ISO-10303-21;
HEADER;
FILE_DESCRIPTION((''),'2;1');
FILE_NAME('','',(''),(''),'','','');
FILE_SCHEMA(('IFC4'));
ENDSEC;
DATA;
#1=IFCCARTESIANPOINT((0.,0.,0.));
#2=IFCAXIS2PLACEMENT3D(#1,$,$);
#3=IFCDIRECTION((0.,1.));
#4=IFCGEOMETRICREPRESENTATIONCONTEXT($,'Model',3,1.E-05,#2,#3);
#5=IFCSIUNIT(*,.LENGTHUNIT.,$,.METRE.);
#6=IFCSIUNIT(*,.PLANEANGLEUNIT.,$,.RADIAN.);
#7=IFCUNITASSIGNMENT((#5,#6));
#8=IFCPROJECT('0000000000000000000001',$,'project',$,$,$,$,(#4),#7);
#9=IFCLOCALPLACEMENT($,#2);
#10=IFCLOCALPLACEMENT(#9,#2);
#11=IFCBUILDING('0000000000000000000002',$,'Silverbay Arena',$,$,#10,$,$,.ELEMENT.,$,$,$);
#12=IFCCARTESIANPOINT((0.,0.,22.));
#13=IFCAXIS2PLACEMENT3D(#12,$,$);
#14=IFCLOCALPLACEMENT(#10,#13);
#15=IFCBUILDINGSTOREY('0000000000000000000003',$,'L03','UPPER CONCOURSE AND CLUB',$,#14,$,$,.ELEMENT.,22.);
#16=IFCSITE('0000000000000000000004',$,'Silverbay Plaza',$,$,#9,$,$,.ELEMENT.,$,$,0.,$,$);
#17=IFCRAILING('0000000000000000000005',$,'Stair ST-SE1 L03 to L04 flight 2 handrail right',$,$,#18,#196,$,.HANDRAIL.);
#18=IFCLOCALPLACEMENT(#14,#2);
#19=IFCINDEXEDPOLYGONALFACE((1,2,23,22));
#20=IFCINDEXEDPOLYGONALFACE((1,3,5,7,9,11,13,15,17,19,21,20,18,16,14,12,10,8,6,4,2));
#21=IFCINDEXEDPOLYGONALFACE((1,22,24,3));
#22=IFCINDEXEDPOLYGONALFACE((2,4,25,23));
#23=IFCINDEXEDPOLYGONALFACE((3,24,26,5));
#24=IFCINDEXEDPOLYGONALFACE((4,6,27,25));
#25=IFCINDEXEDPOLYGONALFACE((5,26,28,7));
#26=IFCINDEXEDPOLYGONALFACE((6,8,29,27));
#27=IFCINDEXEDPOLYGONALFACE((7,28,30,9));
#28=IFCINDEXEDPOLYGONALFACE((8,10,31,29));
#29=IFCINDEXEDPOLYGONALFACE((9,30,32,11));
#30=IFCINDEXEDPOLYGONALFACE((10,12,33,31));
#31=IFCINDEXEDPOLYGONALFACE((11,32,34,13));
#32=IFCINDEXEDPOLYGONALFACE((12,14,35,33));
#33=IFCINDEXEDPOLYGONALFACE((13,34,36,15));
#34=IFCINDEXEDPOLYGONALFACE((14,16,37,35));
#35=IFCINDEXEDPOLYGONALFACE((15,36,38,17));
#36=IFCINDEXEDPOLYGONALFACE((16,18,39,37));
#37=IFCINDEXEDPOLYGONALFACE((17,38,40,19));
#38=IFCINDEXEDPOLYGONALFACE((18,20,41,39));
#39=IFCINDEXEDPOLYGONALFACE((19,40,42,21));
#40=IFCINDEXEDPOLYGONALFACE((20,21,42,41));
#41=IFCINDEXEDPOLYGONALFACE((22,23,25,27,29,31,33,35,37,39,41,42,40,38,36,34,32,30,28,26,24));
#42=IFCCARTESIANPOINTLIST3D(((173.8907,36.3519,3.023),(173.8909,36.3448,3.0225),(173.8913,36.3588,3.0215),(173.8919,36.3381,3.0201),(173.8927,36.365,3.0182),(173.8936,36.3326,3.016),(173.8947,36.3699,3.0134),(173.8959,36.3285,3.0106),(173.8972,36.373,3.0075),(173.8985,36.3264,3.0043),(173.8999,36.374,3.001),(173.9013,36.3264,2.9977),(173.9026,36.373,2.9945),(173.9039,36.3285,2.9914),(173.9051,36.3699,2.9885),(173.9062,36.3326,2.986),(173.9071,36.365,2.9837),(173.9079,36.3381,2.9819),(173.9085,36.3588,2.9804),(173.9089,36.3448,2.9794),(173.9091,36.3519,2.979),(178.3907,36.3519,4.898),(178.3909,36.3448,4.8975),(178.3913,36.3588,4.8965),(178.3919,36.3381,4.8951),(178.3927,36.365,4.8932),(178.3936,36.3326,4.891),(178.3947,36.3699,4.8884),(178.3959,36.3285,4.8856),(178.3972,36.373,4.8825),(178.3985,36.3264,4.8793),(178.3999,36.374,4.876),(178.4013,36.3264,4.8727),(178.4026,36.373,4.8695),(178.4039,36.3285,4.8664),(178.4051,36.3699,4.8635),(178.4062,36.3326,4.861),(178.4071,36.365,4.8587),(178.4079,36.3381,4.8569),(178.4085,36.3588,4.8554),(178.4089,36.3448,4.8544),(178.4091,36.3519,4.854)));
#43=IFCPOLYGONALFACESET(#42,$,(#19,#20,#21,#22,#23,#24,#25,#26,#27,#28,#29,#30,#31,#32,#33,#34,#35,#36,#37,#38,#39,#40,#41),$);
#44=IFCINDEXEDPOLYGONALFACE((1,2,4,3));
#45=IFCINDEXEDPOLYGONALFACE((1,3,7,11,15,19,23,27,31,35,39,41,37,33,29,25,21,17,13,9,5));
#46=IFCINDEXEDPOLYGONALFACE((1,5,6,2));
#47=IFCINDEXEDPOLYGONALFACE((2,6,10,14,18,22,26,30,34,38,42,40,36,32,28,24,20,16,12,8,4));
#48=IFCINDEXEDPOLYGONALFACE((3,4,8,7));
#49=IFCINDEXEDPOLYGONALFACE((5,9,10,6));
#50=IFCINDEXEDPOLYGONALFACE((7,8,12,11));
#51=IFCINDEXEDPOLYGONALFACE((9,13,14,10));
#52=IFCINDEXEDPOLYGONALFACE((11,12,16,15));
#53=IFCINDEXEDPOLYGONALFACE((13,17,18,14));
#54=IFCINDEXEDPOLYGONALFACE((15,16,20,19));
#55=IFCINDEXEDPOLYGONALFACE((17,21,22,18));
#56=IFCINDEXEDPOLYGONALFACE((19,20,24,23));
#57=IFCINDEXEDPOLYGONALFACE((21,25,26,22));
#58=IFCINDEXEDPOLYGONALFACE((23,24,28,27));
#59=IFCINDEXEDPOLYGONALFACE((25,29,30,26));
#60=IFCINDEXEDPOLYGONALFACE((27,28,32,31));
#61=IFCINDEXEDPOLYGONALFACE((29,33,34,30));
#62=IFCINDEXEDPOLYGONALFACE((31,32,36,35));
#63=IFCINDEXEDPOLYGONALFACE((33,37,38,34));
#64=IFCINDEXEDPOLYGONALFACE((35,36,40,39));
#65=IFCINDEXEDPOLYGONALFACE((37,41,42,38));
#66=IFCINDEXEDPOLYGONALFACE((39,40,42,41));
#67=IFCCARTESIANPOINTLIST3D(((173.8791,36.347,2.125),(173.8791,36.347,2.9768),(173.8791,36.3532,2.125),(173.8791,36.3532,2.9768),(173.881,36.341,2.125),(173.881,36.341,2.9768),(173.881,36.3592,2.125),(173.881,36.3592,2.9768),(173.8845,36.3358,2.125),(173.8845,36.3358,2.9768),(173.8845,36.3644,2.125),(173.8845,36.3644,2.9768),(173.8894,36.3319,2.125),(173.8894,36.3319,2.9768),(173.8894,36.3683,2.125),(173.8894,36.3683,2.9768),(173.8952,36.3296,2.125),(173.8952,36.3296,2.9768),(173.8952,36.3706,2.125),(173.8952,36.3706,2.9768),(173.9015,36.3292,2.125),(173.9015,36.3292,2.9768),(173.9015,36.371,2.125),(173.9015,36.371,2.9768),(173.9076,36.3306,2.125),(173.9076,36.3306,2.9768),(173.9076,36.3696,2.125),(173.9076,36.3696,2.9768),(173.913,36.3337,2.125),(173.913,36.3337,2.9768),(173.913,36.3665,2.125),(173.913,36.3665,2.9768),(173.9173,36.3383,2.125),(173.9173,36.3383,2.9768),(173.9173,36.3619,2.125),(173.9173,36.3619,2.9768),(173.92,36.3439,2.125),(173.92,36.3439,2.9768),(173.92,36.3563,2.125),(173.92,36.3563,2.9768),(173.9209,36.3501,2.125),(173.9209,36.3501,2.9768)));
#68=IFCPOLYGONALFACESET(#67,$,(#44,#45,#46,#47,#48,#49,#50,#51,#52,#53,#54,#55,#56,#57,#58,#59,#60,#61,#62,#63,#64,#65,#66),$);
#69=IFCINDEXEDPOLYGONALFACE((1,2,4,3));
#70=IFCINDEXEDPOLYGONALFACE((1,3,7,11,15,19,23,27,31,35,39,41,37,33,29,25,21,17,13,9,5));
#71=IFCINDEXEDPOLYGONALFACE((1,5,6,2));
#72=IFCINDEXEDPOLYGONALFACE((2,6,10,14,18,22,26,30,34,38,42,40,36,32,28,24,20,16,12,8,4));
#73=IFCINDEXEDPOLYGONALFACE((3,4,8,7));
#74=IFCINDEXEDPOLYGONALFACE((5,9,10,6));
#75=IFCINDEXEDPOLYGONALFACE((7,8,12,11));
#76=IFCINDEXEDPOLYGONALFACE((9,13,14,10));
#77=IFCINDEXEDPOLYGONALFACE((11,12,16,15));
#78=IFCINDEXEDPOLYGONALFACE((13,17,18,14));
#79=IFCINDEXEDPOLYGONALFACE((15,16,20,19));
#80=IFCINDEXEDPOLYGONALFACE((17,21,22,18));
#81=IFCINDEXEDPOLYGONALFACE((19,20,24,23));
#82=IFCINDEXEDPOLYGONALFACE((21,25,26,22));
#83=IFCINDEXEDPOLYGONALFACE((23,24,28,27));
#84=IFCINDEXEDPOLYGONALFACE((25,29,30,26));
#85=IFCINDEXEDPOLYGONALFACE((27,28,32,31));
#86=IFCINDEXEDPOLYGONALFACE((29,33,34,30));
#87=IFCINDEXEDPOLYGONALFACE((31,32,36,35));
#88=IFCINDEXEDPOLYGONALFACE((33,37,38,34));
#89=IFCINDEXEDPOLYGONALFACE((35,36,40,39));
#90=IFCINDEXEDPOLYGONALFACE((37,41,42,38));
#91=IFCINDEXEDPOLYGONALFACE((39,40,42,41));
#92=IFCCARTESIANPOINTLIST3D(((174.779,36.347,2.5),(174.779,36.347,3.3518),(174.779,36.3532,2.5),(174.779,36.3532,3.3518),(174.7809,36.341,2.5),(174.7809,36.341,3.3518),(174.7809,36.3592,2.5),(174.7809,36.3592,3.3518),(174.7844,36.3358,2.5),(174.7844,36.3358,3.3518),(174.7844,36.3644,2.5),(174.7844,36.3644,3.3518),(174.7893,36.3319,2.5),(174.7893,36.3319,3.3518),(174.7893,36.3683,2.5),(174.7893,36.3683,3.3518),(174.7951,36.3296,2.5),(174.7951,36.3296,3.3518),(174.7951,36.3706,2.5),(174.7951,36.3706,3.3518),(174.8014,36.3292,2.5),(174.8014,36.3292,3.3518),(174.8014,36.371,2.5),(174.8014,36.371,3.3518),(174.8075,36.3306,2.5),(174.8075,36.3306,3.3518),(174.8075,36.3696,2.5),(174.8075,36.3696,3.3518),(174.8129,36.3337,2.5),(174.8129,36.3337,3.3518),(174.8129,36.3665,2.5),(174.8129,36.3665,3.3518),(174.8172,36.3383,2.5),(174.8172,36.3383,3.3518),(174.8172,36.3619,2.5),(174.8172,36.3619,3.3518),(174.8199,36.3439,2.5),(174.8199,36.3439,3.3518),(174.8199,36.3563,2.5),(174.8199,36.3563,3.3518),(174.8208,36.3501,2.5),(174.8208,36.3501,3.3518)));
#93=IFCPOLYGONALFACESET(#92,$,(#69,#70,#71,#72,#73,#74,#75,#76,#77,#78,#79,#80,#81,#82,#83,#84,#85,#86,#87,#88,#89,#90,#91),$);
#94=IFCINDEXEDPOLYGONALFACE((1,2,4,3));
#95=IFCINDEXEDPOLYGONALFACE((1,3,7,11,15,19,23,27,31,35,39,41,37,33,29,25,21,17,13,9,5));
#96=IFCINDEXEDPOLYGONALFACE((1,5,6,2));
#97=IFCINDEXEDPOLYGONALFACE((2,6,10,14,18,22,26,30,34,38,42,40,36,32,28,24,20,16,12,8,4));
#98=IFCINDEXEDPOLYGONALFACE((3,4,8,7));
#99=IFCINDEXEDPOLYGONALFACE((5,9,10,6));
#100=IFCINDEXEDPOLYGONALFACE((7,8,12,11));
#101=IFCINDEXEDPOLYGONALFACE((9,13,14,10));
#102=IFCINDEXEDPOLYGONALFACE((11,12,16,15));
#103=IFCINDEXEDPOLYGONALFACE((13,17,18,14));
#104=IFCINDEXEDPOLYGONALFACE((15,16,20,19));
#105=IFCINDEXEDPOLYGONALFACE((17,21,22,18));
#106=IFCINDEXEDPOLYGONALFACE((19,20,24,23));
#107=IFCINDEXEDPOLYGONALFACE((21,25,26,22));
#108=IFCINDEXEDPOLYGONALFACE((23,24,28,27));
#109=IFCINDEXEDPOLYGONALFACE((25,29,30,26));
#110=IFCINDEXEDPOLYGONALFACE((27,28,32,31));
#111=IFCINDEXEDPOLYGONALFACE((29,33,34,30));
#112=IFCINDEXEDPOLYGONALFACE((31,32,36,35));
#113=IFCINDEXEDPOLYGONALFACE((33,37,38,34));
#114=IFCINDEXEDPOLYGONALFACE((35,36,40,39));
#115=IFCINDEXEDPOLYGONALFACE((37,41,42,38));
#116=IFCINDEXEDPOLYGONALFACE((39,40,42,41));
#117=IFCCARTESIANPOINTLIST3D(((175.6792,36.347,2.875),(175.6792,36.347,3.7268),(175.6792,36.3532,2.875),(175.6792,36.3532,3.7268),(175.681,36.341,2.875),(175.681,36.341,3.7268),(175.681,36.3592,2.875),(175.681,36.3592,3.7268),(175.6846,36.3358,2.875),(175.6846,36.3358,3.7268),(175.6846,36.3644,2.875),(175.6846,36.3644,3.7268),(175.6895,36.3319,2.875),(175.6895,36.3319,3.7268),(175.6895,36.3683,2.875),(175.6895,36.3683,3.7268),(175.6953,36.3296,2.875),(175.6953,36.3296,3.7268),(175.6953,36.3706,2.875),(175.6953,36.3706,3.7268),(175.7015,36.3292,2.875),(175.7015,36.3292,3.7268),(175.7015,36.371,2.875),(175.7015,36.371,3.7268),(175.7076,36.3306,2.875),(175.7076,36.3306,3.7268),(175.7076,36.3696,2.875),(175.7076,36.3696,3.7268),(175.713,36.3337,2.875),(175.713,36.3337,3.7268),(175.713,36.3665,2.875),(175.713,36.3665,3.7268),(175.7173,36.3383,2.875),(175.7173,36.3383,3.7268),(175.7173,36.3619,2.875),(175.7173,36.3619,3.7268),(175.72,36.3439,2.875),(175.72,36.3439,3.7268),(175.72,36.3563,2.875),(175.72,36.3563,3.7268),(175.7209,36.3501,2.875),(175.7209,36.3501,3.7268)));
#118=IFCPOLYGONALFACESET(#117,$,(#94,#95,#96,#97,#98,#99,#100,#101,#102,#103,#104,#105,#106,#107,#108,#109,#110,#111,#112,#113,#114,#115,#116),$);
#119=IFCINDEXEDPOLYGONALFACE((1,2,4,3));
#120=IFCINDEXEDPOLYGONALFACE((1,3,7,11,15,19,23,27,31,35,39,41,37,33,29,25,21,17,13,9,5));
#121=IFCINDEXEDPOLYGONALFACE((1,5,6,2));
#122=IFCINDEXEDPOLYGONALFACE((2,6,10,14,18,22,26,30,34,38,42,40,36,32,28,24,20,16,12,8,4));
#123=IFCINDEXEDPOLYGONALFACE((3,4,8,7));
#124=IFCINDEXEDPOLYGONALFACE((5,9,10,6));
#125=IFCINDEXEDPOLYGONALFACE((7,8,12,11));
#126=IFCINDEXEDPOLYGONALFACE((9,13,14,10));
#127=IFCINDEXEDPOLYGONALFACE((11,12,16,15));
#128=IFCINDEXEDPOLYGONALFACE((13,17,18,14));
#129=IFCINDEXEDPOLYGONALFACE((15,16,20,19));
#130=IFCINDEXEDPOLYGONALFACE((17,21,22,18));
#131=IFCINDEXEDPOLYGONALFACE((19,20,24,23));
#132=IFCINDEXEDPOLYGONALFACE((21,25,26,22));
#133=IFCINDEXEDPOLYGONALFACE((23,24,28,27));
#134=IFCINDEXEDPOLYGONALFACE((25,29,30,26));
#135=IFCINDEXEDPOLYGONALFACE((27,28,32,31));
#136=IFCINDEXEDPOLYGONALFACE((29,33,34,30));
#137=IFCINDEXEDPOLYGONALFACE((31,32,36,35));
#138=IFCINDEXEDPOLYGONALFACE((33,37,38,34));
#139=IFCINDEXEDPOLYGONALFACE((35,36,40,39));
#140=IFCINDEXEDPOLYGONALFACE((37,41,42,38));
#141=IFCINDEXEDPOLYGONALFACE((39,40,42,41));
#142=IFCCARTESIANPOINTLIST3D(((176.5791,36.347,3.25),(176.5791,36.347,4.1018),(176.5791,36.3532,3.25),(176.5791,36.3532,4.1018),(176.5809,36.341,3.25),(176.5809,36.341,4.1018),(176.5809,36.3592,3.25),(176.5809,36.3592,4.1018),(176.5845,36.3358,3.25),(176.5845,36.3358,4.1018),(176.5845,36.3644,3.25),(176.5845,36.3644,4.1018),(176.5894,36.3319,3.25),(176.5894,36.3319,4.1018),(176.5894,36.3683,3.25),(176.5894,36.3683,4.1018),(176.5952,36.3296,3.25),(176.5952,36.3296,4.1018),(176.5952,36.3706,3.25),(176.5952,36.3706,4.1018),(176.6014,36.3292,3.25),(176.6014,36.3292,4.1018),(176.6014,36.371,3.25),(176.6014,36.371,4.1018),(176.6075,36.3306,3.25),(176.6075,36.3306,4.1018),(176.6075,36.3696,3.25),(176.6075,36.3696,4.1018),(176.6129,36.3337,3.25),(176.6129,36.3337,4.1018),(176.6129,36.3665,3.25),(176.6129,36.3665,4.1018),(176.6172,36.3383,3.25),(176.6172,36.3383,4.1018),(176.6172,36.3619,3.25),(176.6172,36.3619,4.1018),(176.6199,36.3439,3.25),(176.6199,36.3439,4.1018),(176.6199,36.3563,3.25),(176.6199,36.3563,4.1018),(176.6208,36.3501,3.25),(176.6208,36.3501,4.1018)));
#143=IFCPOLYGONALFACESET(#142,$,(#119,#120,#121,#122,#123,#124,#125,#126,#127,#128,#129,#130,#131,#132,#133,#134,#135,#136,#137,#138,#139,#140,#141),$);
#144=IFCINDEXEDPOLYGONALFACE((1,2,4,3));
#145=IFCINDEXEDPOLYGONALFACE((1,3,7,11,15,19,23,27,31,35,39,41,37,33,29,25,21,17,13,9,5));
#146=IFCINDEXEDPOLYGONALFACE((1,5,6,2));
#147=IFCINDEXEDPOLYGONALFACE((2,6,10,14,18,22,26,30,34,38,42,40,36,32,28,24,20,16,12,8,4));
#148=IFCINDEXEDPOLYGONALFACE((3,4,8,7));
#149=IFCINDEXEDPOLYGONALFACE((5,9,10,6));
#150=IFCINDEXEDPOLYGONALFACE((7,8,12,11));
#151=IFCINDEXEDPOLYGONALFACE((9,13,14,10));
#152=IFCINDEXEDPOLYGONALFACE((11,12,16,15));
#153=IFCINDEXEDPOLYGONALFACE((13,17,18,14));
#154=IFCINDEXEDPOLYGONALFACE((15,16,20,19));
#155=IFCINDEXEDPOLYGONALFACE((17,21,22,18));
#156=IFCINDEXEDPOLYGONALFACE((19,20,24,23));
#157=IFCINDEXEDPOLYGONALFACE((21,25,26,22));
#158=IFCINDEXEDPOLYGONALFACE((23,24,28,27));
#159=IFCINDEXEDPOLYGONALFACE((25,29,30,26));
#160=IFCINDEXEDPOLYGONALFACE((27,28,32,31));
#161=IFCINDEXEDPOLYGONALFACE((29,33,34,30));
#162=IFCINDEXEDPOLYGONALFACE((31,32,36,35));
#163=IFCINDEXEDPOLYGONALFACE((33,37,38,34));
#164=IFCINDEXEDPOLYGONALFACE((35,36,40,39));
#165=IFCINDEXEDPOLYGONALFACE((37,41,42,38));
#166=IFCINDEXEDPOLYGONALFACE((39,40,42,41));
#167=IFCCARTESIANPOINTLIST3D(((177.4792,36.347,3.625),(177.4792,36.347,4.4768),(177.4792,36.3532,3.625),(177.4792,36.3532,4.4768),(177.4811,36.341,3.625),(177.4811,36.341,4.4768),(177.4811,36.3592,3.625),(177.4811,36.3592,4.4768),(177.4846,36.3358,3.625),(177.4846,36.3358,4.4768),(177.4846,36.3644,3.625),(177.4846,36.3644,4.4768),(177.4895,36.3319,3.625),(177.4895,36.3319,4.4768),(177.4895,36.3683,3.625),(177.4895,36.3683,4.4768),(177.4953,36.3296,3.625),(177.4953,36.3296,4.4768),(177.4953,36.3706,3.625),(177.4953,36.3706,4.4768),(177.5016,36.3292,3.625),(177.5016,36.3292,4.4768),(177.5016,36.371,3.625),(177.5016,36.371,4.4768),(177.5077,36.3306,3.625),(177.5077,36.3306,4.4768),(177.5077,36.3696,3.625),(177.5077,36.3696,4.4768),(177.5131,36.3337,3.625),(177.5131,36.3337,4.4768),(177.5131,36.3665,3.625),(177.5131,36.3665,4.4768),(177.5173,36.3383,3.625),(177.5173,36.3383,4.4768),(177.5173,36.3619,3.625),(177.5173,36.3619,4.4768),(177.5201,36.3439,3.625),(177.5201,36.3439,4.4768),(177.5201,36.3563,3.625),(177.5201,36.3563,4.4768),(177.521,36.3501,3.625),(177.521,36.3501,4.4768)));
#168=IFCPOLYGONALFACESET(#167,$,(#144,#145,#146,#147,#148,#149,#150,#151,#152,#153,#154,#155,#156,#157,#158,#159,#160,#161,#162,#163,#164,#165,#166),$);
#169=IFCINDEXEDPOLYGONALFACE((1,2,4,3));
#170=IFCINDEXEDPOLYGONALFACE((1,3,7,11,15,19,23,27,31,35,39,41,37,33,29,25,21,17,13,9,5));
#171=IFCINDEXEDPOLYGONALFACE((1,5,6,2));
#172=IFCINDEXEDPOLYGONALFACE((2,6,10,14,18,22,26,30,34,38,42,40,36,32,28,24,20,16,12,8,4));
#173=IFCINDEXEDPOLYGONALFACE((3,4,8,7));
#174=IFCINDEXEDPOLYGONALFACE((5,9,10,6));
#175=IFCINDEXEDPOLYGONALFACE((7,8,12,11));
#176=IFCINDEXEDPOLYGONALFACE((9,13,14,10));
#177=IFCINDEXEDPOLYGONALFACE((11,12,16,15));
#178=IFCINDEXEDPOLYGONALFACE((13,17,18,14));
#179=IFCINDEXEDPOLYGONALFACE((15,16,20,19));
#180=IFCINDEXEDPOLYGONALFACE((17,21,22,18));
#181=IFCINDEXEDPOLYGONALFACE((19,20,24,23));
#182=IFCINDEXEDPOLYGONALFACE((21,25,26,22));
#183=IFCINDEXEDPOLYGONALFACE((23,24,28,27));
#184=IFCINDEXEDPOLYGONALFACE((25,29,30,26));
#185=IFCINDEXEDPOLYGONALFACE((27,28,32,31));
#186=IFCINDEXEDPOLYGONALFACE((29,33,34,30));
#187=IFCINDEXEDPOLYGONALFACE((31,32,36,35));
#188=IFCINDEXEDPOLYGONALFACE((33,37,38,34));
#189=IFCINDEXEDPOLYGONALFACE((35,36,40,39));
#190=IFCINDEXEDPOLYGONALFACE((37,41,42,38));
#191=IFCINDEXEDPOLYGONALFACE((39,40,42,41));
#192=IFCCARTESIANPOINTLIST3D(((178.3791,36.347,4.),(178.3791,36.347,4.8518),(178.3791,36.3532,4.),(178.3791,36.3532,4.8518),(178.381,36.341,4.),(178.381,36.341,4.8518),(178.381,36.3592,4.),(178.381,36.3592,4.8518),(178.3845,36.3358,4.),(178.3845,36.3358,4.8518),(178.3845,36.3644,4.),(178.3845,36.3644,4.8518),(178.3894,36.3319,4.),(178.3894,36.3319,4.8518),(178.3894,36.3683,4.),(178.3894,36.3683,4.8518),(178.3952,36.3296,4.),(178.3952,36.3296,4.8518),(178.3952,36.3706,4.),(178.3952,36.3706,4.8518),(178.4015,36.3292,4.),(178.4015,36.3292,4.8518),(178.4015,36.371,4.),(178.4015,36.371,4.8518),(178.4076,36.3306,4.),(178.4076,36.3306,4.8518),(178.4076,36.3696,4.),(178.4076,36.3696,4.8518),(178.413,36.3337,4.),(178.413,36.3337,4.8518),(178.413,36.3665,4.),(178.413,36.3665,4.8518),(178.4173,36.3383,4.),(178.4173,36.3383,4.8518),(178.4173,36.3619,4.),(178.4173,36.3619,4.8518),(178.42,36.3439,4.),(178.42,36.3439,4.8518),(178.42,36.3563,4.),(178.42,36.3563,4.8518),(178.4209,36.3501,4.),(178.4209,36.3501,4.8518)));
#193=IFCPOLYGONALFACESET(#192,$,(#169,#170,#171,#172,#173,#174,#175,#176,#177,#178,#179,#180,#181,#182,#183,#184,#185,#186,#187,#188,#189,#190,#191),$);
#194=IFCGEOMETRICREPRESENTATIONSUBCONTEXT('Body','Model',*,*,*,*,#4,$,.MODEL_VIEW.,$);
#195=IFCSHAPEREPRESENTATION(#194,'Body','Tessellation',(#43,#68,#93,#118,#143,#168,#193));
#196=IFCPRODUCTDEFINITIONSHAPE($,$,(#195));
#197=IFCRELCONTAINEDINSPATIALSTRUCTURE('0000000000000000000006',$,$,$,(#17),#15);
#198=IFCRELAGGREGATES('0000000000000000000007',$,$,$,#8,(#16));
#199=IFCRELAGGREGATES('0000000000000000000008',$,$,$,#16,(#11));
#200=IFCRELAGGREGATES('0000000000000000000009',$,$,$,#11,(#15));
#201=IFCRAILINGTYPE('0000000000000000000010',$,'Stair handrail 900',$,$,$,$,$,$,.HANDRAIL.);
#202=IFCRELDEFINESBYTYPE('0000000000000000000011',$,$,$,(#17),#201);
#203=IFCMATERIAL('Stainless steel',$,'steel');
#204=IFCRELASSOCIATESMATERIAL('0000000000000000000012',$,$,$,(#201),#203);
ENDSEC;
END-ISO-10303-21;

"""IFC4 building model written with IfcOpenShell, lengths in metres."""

from ifc_helpers import new_model, si_unit, direction, frame, origin, origin_2d, place, context, subcontext, project, spatial, circle, extrude, material, type_object, element, save


model = new_model("IFC4")

# Units and contexts
model_context = context("Model", 3, precision=1e-05, world=origin(), true_north=direction((0.0, 1.0)))
body_context = subcontext(model_context, "Body", "Model", "MODEL_VIEW")
ifc_project = project(units=[si_unit("LENGTHUNIT", "METRE"), si_unit("PLANEANGLEUNIT", "RADIAN")], contexts=[model_context])

# Site, building, storey
site_placement = place(None, origin())
site = spatial("IfcSite", under=ifc_project, at=site_placement, Name="Silverbay Plaza", CompositionType="ELEMENT", RefElevation=0.0)
building_placement = place(site_placement, origin())
building = spatial("IfcBuilding", under=site, at=building_placement, Name="Silverbay Arena", CompositionType="ELEMENT")
storey_placement = place(building_placement, frame((0.0, 0.0, 22.0)))
storey = spatial("IfcBuildingStorey", under=building, at=storey_placement, Name="L03", Description="UPPER CONCOURSE AND CLUB", CompositionType="ELEMENT", Elevation=22.0)

# Railing
ifc_material_1 = material(Name="Stainless steel", Category="steel")
railing_type_1 = type_object("IfcRailingType", Name="Stair handrail 900", PredefinedType="HANDRAIL", material=ifc_material_1)
railing_1_placement = place(storey_placement, frame((173.8999, 36.3501, 2.125)))
element("IfcRailing", 1, at=railing_1_placement, inside=storey, type_object=railing_type_1, Name="Stair ST-SE1 L03 to L04 flight 2 handrail right", PredefinedType="HANDRAIL", context=body_context, shape_type="SweptSolid", body=[
    extrude(circle(Radius=0.0239, at=origin_2d()), frame((0.0, 0.0, 0.876), z_axis=(0.923077, 0.0, 0.384615), x_axis=(0.0, 1.0, 0.0)), (0.0, 0.0, 1.0), 4.875),
    extrude(circle(Radius=0.021, at=origin_2d()), origin(), (0.0, 0.0, 1.0), 0.8518),
    extrude(circle(Radius=0.021, at=origin_2d()), frame((0.8999, 0.0, 0.375)), (0.0, 0.0, 1.0), 0.8518),
    extrude(circle(Radius=0.021, at=origin_2d()), frame((1.8, 0.0, 0.75)), (0.0, 0.0, 1.0), 0.8518),
    extrude(circle(Radius=0.021, at=origin_2d()), frame((2.7, 0.0, 1.125)), (0.0, 0.0, 1.0), 0.8518),
    extrude(circle(Radius=0.021, at=origin_2d()), frame((3.6001, 0.0, 1.5)), (0.0, 0.0, 1.0), 0.8518),
    extrude(circle(Radius=0.021, at=origin_2d()), frame((4.5, 0.0, 1.875)), (0.0, 0.0, 1.0), 0.8518),
])

save(model, "model.ifc")
